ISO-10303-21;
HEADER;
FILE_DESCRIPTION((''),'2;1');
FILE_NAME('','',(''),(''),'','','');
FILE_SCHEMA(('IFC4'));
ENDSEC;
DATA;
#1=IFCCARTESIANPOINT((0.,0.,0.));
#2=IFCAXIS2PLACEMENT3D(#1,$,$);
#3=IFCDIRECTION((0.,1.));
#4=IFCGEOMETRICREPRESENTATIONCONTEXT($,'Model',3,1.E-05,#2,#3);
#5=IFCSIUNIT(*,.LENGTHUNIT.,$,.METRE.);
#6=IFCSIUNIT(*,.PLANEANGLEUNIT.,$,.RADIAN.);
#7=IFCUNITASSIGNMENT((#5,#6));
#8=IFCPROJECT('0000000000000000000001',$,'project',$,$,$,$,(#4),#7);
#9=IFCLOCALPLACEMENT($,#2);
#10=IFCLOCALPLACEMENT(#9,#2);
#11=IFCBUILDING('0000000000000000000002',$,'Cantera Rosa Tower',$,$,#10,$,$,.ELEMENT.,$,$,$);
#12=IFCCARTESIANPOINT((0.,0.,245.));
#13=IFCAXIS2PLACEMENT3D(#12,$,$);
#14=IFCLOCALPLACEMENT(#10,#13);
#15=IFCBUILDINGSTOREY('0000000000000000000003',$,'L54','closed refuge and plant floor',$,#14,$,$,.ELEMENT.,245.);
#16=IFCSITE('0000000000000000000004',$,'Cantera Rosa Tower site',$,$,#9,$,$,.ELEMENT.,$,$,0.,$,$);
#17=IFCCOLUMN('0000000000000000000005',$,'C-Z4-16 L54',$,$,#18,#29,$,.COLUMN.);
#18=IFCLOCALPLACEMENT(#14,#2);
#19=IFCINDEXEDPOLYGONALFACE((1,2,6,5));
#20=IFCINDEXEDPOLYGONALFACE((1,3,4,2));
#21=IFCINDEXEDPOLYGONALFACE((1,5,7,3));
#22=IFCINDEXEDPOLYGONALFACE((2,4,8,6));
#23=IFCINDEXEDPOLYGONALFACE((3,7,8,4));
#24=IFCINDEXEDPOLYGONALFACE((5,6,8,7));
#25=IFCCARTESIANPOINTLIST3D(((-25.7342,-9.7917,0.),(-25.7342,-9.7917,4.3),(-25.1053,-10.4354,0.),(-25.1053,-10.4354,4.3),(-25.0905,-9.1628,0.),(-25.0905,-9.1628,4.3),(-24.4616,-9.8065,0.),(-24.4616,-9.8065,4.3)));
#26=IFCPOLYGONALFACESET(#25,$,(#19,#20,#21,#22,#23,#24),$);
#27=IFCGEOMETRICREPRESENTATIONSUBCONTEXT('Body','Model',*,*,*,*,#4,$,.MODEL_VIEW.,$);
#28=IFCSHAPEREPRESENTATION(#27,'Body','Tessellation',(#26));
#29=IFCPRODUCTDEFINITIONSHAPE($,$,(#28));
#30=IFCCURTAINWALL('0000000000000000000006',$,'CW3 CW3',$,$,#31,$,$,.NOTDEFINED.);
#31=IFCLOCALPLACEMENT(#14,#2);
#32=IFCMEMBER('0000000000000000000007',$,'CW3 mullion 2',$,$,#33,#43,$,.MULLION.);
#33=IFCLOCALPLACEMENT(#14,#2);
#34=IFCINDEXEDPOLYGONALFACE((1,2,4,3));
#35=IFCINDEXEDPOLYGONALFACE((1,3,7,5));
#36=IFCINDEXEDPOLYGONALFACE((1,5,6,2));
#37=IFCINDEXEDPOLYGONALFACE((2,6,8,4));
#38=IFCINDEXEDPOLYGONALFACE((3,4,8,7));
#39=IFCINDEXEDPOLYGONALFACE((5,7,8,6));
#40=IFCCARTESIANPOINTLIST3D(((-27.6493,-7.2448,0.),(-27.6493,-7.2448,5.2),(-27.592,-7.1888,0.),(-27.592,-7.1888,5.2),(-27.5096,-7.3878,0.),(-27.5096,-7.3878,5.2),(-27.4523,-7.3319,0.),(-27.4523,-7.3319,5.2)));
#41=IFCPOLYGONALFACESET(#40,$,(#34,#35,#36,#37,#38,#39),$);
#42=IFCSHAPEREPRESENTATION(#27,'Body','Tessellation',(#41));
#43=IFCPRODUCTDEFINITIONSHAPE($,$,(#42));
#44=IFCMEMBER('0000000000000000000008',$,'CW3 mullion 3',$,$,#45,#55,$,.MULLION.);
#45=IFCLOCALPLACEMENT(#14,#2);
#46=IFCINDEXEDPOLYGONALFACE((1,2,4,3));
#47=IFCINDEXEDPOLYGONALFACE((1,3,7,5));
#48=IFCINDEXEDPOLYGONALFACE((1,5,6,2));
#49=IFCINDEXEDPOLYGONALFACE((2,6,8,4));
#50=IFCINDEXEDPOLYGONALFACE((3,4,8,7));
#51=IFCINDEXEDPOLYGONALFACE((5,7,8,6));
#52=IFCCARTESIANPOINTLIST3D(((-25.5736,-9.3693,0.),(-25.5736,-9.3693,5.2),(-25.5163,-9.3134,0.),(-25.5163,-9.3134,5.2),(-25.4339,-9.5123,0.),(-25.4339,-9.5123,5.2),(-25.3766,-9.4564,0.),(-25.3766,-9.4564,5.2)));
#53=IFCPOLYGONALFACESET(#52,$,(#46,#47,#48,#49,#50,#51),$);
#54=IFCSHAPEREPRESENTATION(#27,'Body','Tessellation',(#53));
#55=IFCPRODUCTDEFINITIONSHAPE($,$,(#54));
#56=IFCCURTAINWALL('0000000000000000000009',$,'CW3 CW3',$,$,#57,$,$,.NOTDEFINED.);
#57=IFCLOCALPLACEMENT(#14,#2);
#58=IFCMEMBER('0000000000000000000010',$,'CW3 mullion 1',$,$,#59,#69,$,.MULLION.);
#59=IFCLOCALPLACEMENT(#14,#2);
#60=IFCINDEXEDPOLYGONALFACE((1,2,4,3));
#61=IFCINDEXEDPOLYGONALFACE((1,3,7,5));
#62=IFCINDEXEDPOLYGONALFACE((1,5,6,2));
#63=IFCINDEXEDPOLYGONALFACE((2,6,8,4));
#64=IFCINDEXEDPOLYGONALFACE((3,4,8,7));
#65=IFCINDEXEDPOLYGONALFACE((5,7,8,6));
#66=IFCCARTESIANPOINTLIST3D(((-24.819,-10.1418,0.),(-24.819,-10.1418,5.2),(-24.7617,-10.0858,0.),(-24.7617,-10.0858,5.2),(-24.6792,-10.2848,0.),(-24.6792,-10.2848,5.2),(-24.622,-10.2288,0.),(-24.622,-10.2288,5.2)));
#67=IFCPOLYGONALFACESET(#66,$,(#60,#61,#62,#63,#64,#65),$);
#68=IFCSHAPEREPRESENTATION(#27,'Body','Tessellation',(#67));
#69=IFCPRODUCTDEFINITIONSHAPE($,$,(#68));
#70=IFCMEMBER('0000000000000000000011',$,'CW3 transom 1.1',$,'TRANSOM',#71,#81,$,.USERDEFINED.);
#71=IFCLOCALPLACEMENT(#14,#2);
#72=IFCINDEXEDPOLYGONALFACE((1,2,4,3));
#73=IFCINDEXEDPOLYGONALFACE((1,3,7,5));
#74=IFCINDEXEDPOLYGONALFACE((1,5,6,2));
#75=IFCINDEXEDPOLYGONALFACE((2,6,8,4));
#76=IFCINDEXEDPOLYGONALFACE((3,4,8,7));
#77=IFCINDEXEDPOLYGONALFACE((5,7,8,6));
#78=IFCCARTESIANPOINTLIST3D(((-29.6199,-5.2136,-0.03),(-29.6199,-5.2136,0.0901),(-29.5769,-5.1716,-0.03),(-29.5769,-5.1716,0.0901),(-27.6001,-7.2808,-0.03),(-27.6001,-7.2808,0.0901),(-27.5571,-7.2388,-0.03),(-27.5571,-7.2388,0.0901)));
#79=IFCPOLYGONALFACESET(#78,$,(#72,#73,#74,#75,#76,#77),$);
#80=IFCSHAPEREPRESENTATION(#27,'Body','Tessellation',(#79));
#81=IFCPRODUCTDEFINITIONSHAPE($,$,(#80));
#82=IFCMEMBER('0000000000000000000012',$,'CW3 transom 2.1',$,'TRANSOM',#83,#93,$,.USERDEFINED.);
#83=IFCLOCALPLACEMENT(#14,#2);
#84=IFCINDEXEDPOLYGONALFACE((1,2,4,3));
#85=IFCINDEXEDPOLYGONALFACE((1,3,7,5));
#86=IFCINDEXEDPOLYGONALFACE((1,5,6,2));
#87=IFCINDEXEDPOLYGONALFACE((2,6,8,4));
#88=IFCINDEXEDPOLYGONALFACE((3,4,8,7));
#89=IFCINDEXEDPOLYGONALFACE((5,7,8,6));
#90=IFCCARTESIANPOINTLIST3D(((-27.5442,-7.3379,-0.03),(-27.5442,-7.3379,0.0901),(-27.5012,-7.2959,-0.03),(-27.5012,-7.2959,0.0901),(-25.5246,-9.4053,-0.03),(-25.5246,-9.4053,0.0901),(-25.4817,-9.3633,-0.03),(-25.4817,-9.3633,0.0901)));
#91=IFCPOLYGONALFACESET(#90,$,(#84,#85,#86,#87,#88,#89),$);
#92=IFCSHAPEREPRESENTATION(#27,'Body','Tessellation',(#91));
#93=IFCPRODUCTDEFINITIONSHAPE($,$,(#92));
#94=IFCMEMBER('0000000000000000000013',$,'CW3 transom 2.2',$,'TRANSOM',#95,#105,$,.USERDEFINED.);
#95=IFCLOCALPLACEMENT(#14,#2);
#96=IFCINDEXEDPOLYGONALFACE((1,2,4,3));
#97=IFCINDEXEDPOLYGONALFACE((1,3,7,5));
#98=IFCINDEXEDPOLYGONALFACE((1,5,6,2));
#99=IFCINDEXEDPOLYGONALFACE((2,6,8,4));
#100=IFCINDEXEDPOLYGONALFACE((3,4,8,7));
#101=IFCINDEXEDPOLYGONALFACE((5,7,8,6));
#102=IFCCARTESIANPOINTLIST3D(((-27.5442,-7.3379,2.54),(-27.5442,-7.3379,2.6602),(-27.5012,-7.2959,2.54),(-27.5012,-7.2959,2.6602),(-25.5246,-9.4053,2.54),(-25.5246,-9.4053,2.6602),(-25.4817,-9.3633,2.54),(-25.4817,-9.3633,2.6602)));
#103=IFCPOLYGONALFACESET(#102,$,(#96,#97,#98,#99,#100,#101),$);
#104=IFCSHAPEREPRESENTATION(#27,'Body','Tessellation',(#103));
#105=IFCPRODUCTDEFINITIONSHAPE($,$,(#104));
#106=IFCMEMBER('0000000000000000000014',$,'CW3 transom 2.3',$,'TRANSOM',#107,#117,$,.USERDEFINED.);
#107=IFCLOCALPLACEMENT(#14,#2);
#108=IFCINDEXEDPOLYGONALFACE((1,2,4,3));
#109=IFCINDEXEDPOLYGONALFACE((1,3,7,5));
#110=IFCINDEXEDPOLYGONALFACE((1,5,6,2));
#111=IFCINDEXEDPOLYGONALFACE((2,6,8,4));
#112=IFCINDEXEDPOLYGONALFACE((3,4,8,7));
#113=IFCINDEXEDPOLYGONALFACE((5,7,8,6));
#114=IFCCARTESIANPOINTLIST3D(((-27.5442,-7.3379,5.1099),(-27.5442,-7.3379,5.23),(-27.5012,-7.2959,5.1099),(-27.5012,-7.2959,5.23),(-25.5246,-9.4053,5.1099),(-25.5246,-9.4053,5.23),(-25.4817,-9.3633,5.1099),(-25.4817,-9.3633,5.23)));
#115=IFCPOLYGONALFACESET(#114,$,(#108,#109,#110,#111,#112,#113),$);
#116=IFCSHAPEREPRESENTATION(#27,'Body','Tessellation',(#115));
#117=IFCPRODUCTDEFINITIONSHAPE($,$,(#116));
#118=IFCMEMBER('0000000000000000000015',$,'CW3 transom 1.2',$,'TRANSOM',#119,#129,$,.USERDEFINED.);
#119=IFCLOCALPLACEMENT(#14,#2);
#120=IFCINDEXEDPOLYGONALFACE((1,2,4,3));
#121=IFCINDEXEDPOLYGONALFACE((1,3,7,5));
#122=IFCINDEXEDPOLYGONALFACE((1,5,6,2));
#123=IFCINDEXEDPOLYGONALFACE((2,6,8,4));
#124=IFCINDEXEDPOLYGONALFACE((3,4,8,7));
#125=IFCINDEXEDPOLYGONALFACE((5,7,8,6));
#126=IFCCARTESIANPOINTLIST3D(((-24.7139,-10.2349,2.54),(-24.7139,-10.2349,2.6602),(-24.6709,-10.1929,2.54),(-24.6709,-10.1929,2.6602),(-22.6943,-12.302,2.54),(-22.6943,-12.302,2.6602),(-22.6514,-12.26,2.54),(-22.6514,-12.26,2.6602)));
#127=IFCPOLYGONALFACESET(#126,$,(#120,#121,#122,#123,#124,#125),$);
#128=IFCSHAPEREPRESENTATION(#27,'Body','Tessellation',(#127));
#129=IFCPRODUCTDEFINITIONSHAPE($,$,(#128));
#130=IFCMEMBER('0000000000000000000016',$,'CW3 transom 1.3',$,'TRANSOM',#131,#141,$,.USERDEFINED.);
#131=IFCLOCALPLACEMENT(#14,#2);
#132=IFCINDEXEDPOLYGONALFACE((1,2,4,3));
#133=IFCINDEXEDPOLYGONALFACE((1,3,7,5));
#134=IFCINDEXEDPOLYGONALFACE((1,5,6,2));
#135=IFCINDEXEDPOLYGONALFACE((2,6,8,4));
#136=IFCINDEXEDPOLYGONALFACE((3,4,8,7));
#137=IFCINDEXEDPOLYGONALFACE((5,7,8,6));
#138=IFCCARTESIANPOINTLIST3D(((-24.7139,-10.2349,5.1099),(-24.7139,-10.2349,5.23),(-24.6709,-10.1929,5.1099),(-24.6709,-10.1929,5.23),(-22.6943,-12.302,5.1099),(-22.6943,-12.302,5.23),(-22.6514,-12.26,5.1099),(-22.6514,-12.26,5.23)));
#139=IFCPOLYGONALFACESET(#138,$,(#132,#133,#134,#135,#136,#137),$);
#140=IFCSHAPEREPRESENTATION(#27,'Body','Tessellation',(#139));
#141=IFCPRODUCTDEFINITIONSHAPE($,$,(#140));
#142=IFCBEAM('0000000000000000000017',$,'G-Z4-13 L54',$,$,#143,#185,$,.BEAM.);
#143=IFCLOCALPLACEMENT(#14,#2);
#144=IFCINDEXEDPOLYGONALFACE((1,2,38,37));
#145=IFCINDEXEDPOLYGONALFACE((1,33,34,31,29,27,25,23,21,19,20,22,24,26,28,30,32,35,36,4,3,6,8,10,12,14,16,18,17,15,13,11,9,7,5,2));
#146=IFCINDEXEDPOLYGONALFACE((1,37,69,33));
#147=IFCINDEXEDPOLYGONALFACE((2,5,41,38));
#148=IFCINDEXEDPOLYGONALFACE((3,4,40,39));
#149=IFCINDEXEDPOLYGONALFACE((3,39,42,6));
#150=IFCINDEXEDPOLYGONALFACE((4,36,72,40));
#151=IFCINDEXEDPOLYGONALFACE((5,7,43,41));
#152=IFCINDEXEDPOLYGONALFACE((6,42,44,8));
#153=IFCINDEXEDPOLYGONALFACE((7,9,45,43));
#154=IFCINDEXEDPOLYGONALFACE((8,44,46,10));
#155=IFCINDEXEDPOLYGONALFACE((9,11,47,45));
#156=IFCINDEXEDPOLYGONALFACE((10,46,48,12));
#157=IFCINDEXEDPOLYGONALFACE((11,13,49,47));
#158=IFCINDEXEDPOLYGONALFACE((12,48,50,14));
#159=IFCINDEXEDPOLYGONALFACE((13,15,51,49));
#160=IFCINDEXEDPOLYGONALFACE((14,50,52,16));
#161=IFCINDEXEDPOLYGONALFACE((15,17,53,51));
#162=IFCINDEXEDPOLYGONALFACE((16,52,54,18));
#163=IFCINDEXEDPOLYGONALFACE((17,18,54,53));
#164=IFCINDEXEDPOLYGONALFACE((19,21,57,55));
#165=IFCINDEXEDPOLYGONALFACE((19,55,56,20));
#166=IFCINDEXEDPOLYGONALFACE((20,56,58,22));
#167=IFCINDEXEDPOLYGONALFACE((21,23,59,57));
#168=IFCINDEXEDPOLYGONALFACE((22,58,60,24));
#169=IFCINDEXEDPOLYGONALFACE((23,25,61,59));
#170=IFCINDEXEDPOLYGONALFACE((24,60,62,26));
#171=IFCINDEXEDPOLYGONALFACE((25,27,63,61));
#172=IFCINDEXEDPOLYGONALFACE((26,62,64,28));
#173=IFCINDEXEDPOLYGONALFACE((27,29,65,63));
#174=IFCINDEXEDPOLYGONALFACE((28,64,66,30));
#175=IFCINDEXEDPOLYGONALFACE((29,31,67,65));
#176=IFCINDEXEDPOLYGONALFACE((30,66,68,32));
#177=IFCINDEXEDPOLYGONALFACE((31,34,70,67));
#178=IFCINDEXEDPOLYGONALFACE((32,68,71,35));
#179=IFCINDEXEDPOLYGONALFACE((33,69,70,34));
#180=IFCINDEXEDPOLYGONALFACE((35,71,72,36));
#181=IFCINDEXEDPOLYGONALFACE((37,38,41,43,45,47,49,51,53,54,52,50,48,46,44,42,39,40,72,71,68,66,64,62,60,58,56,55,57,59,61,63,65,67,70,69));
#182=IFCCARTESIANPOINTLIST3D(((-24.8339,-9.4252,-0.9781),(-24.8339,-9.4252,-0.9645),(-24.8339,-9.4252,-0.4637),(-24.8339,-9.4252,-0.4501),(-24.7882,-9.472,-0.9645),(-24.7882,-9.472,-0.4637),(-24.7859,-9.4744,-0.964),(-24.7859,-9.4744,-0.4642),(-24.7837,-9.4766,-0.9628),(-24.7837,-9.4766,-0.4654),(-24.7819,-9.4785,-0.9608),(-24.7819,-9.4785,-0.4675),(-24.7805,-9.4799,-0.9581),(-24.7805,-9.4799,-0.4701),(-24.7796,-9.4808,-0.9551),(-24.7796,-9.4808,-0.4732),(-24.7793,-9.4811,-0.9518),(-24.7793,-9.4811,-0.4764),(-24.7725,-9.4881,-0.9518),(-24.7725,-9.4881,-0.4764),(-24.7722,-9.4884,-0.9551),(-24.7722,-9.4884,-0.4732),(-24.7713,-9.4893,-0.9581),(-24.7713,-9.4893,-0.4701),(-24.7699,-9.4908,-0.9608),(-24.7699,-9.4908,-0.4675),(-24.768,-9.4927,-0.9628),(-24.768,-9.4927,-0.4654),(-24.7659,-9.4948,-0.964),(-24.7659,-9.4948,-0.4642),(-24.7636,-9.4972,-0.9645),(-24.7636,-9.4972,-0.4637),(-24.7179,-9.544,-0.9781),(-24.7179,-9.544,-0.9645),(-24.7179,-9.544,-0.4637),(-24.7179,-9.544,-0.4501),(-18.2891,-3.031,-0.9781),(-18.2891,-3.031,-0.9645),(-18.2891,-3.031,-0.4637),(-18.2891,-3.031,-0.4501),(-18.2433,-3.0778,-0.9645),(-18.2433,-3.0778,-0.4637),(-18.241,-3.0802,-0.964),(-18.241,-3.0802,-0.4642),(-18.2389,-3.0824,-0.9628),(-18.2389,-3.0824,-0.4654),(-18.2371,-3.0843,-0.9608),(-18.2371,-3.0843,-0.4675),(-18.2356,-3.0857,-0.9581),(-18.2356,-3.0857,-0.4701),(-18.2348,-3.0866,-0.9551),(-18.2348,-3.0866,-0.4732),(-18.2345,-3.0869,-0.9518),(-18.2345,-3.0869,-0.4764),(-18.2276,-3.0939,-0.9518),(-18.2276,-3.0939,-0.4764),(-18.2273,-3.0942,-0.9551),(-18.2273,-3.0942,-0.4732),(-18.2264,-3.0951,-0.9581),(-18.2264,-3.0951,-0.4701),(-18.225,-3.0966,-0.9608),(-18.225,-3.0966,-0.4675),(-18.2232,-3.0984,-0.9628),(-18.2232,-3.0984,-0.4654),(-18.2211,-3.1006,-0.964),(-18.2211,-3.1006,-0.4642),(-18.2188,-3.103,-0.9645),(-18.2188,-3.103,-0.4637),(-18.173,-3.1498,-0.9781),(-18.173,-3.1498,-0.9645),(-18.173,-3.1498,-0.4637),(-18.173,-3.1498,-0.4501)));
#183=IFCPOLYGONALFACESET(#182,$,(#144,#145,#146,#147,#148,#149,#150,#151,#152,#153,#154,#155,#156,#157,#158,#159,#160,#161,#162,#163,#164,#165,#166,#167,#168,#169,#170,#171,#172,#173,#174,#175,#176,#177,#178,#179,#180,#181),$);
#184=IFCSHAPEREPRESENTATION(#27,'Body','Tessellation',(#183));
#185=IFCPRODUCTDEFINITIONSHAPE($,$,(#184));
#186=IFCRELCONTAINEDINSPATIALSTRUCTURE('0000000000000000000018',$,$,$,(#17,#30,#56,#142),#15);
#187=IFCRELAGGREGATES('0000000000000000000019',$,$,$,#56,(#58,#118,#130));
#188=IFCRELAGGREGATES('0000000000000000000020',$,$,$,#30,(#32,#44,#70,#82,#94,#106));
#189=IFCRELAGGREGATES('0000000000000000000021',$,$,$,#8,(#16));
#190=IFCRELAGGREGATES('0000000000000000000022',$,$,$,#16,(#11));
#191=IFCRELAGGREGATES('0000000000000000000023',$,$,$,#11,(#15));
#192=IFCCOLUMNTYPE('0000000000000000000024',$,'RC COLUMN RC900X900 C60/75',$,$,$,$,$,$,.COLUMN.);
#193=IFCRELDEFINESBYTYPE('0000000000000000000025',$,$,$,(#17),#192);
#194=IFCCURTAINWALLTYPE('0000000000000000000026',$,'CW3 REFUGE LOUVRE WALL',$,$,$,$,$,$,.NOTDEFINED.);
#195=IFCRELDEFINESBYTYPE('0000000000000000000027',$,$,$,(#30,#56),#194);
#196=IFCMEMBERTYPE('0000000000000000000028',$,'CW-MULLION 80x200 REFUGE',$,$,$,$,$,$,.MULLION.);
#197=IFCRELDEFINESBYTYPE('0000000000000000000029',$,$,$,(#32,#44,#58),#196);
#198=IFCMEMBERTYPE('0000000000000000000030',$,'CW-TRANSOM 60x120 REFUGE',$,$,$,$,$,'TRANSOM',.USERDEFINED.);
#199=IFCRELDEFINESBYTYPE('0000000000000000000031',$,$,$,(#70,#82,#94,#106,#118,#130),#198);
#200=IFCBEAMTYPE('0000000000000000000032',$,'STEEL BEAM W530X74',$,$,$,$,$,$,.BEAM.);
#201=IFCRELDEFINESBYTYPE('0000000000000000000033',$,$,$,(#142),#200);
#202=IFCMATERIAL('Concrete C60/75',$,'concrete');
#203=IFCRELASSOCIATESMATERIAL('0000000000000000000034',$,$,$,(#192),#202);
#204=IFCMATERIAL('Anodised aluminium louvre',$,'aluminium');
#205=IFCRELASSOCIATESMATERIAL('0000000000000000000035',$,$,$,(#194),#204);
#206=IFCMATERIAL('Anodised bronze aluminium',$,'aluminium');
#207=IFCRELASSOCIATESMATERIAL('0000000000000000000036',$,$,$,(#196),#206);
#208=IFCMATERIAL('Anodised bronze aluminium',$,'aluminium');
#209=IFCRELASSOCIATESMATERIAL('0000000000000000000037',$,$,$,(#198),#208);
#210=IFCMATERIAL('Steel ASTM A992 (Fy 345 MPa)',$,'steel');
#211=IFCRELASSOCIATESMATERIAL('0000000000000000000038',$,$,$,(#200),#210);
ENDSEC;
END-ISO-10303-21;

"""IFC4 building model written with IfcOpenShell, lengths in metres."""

from ifc_helpers import new_model, si_unit, direction, frame, origin, origin_2d, place, context, subcontext, project, spatial, rectangle, i_section, extrude, material, material_profile, profile_set, type_object, element, aggregate, save


model = new_model("IFC4")

# Units and contexts
model_context = context("Model", 3, precision=1e-05, world=origin(), true_north=direction((0.0, 1.0)))
body_context = subcontext(model_context, "Body", "Model", "MODEL_VIEW")
ifc_project = project(units=[si_unit("LENGTHUNIT", "METRE"), si_unit("PLANEANGLEUNIT", "RADIAN")], contexts=[model_context])

# Site, building, storey
site_placement = place(None, origin())
site = spatial("IfcSite", under=ifc_project, at=site_placement, Name="Cantera Rosa Tower site", CompositionType="ELEMENT", RefElevation=0.0)
building_placement = place(site_placement, origin())
building = spatial("IfcBuilding", under=site, at=building_placement, Name="Cantera Rosa Tower", CompositionType="ELEMENT")
storey_placement = place(building_placement, frame((0.0, 0.0, 245.0)))
storey = spatial("IfcBuildingStorey", under=building, at=storey_placement, Name="L54", Description="closed refuge and plant floor", CompositionType="ELEMENT", Elevation=245.0)

# Column
ifc_material_1 = material(Name="Concrete C60/75", Category="concrete")
ifc_material_profile_1 = material_profile(ifc_material_1, rectangle(XDim=0.8999, YDim=0.8999, at=origin_2d()), Name="RC COLUMN RC900X900 C60/75")
ifc_profile_set_1 = profile_set([ifc_material_profile_1], Name="Concrete C60/75")
column_type = type_object("IfcColumnType", Name="RC COLUMN RC900X900 C60/75", PredefinedType="COLUMN", material=ifc_profile_set_1)
column_placement = place(storey_placement, frame((-25.0979, -9.7991, 0.0), z_axis=(0.0, 0.0, 1.0), x_axis=(0.715286, 0.698832, 0.0)))
element("IfcColumn", 1, at=column_placement, inside=storey, type_object=column_type, Name="C-Z4-16 L54", PredefinedType="COLUMN", context=body_context, shape_type="SweptSolid", body=[
    extrude(rectangle(XDim=0.8999, YDim=0.8999, at=origin_2d()), origin(), (0.0, 0.0, 1.0), 4.3),
])

# Curtain wall, members
ifc_material_2 = material(Name="Anodised aluminium louvre", Category="aluminium")
curtain_wall_type = type_object("IfcCurtainWallType", Name="CW3 REFUGE LOUVRE WALL", PredefinedType="NOTDEFINED", material=ifc_material_2)
curtain_wall_1_placement = place(storey_placement, origin())
curtain_wall_1 = element("IfcCurtainWall", 2, at=curtain_wall_1_placement, inside=storey, type_object=curtain_wall_type, Name="CW3 CW3", PredefinedType="NOTDEFINED")
ifc_material_3 = material(Name="Anodised bronze aluminium", Category="aluminium")
ifc_material_profile_2 = material_profile(ifc_material_3, rectangle(XDim=0.0801, YDim=0.2, at=origin_2d()), Name="CW-MULLION 80x200 REFUGE")
ifc_profile_set_2 = profile_set([ifc_material_profile_2], Name="Anodised bronze aluminium")
member_type_1 = type_object("IfcMemberType", Name="CW-MULLION 80x200 REFUGE", PredefinedType="MULLION", material=ifc_profile_set_2)
member_1_placement = place(storey_placement, frame((-27.5508, -7.2883, 0.0), z_axis=(0.0, 0.0, 1.0), x_axis=(0.715286, 0.698832, 0.0)))
member_1 = element("IfcMember", 3, at=member_1_placement, type_object=member_type_1, Name="CW3 mullion 2", PredefinedType="MULLION", context=body_context, shape_type="SweptSolid", body=[
    extrude(rectangle(XDim=0.0801, YDim=0.2, at=origin_2d()), origin(), (0.0, 0.0, 1.0), 5.2),
])
member_2_placement = place(storey_placement, frame((-25.4751, -9.4128, 0.0), z_axis=(0.0, 0.0, 1.0), x_axis=(0.715286, 0.698832, 0.0)))
member_2 = element("IfcMember", 4, at=member_2_placement, type_object=member_type_1, Name="CW3 mullion 3", PredefinedType="MULLION", context=body_context, shape_type="SweptSolid", body=[
    extrude(rectangle(XDim=0.0801, YDim=0.2, at=origin_2d()), origin(), (0.0, 0.0, 1.0), 5.2),
])

# Curtain wall, member
curtain_wall_2_placement = place(storey_placement, origin())
curtain_wall_2 = element("IfcCurtainWall", 5, at=curtain_wall_2_placement, inside=storey, type_object=curtain_wall_type, Name="CW3 CW3", PredefinedType="NOTDEFINED")
member_3_placement = place(storey_placement, frame((-24.7205, -10.1853, 0.0), z_axis=(0.0, 0.0, 1.0), x_axis=(0.715286, 0.698832, 0.0)))
member_3 = element("IfcMember", 6, at=member_3_placement, type_object=member_type_1, Name="CW3 mullion 1", PredefinedType="MULLION", context=body_context, shape_type="SweptSolid", body=[
    extrude(rectangle(XDim=0.0801, YDim=0.2, at=origin_2d()), origin(), (0.0, 0.0, 1.0), 5.2),
])

# Members
ifc_material_4 = material(Name="Anodised bronze aluminium", Category="aluminium")
ifc_material_profile_3 = material_profile(ifc_material_4, rectangle(XDim=0.0601, YDim=0.1201, at=origin_2d()), Name="CW-TRANSOM 60x120 REFUGE")
ifc_profile_set_3 = profile_set([ifc_material_profile_3], Name="Anodised bronze aluminium")
member_type_2 = type_object("IfcMemberType", Name="CW-TRANSOM 60x120 REFUGE", ElementType="TRANSOM", PredefinedType="USERDEFINED", material=ifc_profile_set_3)
member_4_placement = place(storey_placement, frame((-29.5984, -5.1926, 0.03), z_axis=(0.698865, -0.715253, 0.0), x_axis=(0.715253, 0.698865, 0.0)))
member_4 = element("IfcMember", 7, at=member_4_placement, type_object=member_type_2, Name="CW3 transom 1.1", ObjectType="TRANSOM", PredefinedType="USERDEFINED", context=body_context, shape_type="SweptSolid", body=[
    extrude(rectangle(XDim=0.0601, YDim=0.1201, at=origin_2d()), origin(), (0.0, 0.0, 1.0), 2.8901),
])
member_5_placement = place(storey_placement, frame((-27.5227, -7.3169, 0.03), z_axis=(0.69878, -0.715337, 0.0), x_axis=(0.715337, 0.69878, 0.0)))
member_5 = element("IfcMember", 8, at=member_5_placement, type_object=member_type_2, Name="CW3 transom 2.1", ObjectType="TRANSOM", PredefinedType="USERDEFINED", context=body_context, shape_type="SweptSolid", body=[
    extrude(rectangle(XDim=0.0601, YDim=0.1201, at=origin_2d()), origin(), (0.0, 0.0, 1.0), 2.8901),
])
member_6_placement = place(storey_placement, frame((-27.5227, -7.3169, 2.6001), z_axis=(0.69878, -0.715337, 0.0), x_axis=(0.715337, 0.69878, 0.0)))
member_6 = element("IfcMember", 9, at=member_6_placement, type_object=member_type_2, Name="CW3 transom 2.2", ObjectType="TRANSOM", PredefinedType="USERDEFINED", context=body_context, shape_type="SweptSolid", body=[
    extrude(rectangle(XDim=0.0601, YDim=0.1201, at=origin_2d()), origin(), (0.0, 0.0, 1.0), 2.8901),
])
member_7_placement = place(storey_placement, frame((-27.5227, -7.3169, 5.1699), z_axis=(0.69878, -0.715337, 0.0), x_axis=(0.715337, 0.69878, 0.0)))
member_7 = element("IfcMember", 10, at=member_7_placement, type_object=member_type_2, Name="CW3 transom 2.3", ObjectType="TRANSOM", PredefinedType="USERDEFINED", context=body_context, shape_type="SweptSolid", body=[
    extrude(rectangle(XDim=0.0601, YDim=0.1201, at=origin_2d()), origin(), (0.0, 0.0, 1.0), 2.8901),
])
member_8_placement = place(storey_placement, frame((-24.6924, -10.2139, 2.6001), z_axis=(0.698822, -0.715296, 0.0), x_axis=(0.715296, 0.698822, 0.0)))
member_8 = element("IfcMember", 11, at=member_8_placement, type_object=member_type_2, Name="CW3 transom 1.2", ObjectType="TRANSOM", PredefinedType="USERDEFINED", context=body_context, shape_type="SweptSolid", body=[
    extrude(rectangle(XDim=0.0601, YDim=0.1201, at=origin_2d()), origin(), (0.0, 0.0, 1.0), 2.8899),
])
member_9_placement = place(storey_placement, frame((-24.6924, -10.2139, 5.1699), z_axis=(0.698822, -0.715296, 0.0), x_axis=(0.715296, 0.698822, 0.0)))
member_9 = element("IfcMember", 12, at=member_9_placement, type_object=member_type_2, Name="CW3 transom 1.3", ObjectType="TRANSOM", PredefinedType="USERDEFINED", context=body_context, shape_type="SweptSolid", body=[
    extrude(rectangle(XDim=0.0601, YDim=0.1201, at=origin_2d()), origin(), (0.0, 0.0, 1.0), 2.8899),
])
aggregate(curtain_wall_2, [member_3, member_8, member_9])

# Beam
ifc_material_5 = material(Name="Steel ASTM A992 (Fy 345 MPa)", Category="steel")
ifc_material_profile_4 = material_profile(ifc_material_5, i_section(OverallWidth=0.166, OverallDepth=0.5281, WebThickness=0.0098, FlangeThickness=0.0137, FilletRadius=0.0127, at=origin_2d()), Name="W530X74")
ifc_profile_set_4 = profile_set([ifc_material_profile_4], Name="Steel ASTM A992 (Fy 345 MPa)")
beam_type_1 = type_object("IfcBeamType", Name="STEEL BEAM W530X74", PredefinedType="BEAM", material=ifc_profile_set_4)
beam_1_placement = place(storey_placement, frame((-24.7759, -9.4846, -0.7141), z_axis=(0.71529, 0.698827, 0.0), x_axis=(-0.698827, 0.71529, 0.0)))
element("IfcBeam", 13, at=beam_1_placement, inside=storey, type_object=beam_type_1, Name="G-Z4-13 L54", PredefinedType="BEAM", context=body_context, shape_type="SweptSolid", body=[
    extrude(i_section(OverallWidth=0.166, OverallDepth=0.5281, WebThickness=0.0098, FlangeThickness=0.0137, FilletRadius=0.0127, at=origin_2d()), origin(), (0.0, 0.0, 1.0), 9.1499),
])

aggregate(curtain_wall_1, [member_1, member_2, member_4, member_5, member_6, member_7])

save(model, "model.ifc")
